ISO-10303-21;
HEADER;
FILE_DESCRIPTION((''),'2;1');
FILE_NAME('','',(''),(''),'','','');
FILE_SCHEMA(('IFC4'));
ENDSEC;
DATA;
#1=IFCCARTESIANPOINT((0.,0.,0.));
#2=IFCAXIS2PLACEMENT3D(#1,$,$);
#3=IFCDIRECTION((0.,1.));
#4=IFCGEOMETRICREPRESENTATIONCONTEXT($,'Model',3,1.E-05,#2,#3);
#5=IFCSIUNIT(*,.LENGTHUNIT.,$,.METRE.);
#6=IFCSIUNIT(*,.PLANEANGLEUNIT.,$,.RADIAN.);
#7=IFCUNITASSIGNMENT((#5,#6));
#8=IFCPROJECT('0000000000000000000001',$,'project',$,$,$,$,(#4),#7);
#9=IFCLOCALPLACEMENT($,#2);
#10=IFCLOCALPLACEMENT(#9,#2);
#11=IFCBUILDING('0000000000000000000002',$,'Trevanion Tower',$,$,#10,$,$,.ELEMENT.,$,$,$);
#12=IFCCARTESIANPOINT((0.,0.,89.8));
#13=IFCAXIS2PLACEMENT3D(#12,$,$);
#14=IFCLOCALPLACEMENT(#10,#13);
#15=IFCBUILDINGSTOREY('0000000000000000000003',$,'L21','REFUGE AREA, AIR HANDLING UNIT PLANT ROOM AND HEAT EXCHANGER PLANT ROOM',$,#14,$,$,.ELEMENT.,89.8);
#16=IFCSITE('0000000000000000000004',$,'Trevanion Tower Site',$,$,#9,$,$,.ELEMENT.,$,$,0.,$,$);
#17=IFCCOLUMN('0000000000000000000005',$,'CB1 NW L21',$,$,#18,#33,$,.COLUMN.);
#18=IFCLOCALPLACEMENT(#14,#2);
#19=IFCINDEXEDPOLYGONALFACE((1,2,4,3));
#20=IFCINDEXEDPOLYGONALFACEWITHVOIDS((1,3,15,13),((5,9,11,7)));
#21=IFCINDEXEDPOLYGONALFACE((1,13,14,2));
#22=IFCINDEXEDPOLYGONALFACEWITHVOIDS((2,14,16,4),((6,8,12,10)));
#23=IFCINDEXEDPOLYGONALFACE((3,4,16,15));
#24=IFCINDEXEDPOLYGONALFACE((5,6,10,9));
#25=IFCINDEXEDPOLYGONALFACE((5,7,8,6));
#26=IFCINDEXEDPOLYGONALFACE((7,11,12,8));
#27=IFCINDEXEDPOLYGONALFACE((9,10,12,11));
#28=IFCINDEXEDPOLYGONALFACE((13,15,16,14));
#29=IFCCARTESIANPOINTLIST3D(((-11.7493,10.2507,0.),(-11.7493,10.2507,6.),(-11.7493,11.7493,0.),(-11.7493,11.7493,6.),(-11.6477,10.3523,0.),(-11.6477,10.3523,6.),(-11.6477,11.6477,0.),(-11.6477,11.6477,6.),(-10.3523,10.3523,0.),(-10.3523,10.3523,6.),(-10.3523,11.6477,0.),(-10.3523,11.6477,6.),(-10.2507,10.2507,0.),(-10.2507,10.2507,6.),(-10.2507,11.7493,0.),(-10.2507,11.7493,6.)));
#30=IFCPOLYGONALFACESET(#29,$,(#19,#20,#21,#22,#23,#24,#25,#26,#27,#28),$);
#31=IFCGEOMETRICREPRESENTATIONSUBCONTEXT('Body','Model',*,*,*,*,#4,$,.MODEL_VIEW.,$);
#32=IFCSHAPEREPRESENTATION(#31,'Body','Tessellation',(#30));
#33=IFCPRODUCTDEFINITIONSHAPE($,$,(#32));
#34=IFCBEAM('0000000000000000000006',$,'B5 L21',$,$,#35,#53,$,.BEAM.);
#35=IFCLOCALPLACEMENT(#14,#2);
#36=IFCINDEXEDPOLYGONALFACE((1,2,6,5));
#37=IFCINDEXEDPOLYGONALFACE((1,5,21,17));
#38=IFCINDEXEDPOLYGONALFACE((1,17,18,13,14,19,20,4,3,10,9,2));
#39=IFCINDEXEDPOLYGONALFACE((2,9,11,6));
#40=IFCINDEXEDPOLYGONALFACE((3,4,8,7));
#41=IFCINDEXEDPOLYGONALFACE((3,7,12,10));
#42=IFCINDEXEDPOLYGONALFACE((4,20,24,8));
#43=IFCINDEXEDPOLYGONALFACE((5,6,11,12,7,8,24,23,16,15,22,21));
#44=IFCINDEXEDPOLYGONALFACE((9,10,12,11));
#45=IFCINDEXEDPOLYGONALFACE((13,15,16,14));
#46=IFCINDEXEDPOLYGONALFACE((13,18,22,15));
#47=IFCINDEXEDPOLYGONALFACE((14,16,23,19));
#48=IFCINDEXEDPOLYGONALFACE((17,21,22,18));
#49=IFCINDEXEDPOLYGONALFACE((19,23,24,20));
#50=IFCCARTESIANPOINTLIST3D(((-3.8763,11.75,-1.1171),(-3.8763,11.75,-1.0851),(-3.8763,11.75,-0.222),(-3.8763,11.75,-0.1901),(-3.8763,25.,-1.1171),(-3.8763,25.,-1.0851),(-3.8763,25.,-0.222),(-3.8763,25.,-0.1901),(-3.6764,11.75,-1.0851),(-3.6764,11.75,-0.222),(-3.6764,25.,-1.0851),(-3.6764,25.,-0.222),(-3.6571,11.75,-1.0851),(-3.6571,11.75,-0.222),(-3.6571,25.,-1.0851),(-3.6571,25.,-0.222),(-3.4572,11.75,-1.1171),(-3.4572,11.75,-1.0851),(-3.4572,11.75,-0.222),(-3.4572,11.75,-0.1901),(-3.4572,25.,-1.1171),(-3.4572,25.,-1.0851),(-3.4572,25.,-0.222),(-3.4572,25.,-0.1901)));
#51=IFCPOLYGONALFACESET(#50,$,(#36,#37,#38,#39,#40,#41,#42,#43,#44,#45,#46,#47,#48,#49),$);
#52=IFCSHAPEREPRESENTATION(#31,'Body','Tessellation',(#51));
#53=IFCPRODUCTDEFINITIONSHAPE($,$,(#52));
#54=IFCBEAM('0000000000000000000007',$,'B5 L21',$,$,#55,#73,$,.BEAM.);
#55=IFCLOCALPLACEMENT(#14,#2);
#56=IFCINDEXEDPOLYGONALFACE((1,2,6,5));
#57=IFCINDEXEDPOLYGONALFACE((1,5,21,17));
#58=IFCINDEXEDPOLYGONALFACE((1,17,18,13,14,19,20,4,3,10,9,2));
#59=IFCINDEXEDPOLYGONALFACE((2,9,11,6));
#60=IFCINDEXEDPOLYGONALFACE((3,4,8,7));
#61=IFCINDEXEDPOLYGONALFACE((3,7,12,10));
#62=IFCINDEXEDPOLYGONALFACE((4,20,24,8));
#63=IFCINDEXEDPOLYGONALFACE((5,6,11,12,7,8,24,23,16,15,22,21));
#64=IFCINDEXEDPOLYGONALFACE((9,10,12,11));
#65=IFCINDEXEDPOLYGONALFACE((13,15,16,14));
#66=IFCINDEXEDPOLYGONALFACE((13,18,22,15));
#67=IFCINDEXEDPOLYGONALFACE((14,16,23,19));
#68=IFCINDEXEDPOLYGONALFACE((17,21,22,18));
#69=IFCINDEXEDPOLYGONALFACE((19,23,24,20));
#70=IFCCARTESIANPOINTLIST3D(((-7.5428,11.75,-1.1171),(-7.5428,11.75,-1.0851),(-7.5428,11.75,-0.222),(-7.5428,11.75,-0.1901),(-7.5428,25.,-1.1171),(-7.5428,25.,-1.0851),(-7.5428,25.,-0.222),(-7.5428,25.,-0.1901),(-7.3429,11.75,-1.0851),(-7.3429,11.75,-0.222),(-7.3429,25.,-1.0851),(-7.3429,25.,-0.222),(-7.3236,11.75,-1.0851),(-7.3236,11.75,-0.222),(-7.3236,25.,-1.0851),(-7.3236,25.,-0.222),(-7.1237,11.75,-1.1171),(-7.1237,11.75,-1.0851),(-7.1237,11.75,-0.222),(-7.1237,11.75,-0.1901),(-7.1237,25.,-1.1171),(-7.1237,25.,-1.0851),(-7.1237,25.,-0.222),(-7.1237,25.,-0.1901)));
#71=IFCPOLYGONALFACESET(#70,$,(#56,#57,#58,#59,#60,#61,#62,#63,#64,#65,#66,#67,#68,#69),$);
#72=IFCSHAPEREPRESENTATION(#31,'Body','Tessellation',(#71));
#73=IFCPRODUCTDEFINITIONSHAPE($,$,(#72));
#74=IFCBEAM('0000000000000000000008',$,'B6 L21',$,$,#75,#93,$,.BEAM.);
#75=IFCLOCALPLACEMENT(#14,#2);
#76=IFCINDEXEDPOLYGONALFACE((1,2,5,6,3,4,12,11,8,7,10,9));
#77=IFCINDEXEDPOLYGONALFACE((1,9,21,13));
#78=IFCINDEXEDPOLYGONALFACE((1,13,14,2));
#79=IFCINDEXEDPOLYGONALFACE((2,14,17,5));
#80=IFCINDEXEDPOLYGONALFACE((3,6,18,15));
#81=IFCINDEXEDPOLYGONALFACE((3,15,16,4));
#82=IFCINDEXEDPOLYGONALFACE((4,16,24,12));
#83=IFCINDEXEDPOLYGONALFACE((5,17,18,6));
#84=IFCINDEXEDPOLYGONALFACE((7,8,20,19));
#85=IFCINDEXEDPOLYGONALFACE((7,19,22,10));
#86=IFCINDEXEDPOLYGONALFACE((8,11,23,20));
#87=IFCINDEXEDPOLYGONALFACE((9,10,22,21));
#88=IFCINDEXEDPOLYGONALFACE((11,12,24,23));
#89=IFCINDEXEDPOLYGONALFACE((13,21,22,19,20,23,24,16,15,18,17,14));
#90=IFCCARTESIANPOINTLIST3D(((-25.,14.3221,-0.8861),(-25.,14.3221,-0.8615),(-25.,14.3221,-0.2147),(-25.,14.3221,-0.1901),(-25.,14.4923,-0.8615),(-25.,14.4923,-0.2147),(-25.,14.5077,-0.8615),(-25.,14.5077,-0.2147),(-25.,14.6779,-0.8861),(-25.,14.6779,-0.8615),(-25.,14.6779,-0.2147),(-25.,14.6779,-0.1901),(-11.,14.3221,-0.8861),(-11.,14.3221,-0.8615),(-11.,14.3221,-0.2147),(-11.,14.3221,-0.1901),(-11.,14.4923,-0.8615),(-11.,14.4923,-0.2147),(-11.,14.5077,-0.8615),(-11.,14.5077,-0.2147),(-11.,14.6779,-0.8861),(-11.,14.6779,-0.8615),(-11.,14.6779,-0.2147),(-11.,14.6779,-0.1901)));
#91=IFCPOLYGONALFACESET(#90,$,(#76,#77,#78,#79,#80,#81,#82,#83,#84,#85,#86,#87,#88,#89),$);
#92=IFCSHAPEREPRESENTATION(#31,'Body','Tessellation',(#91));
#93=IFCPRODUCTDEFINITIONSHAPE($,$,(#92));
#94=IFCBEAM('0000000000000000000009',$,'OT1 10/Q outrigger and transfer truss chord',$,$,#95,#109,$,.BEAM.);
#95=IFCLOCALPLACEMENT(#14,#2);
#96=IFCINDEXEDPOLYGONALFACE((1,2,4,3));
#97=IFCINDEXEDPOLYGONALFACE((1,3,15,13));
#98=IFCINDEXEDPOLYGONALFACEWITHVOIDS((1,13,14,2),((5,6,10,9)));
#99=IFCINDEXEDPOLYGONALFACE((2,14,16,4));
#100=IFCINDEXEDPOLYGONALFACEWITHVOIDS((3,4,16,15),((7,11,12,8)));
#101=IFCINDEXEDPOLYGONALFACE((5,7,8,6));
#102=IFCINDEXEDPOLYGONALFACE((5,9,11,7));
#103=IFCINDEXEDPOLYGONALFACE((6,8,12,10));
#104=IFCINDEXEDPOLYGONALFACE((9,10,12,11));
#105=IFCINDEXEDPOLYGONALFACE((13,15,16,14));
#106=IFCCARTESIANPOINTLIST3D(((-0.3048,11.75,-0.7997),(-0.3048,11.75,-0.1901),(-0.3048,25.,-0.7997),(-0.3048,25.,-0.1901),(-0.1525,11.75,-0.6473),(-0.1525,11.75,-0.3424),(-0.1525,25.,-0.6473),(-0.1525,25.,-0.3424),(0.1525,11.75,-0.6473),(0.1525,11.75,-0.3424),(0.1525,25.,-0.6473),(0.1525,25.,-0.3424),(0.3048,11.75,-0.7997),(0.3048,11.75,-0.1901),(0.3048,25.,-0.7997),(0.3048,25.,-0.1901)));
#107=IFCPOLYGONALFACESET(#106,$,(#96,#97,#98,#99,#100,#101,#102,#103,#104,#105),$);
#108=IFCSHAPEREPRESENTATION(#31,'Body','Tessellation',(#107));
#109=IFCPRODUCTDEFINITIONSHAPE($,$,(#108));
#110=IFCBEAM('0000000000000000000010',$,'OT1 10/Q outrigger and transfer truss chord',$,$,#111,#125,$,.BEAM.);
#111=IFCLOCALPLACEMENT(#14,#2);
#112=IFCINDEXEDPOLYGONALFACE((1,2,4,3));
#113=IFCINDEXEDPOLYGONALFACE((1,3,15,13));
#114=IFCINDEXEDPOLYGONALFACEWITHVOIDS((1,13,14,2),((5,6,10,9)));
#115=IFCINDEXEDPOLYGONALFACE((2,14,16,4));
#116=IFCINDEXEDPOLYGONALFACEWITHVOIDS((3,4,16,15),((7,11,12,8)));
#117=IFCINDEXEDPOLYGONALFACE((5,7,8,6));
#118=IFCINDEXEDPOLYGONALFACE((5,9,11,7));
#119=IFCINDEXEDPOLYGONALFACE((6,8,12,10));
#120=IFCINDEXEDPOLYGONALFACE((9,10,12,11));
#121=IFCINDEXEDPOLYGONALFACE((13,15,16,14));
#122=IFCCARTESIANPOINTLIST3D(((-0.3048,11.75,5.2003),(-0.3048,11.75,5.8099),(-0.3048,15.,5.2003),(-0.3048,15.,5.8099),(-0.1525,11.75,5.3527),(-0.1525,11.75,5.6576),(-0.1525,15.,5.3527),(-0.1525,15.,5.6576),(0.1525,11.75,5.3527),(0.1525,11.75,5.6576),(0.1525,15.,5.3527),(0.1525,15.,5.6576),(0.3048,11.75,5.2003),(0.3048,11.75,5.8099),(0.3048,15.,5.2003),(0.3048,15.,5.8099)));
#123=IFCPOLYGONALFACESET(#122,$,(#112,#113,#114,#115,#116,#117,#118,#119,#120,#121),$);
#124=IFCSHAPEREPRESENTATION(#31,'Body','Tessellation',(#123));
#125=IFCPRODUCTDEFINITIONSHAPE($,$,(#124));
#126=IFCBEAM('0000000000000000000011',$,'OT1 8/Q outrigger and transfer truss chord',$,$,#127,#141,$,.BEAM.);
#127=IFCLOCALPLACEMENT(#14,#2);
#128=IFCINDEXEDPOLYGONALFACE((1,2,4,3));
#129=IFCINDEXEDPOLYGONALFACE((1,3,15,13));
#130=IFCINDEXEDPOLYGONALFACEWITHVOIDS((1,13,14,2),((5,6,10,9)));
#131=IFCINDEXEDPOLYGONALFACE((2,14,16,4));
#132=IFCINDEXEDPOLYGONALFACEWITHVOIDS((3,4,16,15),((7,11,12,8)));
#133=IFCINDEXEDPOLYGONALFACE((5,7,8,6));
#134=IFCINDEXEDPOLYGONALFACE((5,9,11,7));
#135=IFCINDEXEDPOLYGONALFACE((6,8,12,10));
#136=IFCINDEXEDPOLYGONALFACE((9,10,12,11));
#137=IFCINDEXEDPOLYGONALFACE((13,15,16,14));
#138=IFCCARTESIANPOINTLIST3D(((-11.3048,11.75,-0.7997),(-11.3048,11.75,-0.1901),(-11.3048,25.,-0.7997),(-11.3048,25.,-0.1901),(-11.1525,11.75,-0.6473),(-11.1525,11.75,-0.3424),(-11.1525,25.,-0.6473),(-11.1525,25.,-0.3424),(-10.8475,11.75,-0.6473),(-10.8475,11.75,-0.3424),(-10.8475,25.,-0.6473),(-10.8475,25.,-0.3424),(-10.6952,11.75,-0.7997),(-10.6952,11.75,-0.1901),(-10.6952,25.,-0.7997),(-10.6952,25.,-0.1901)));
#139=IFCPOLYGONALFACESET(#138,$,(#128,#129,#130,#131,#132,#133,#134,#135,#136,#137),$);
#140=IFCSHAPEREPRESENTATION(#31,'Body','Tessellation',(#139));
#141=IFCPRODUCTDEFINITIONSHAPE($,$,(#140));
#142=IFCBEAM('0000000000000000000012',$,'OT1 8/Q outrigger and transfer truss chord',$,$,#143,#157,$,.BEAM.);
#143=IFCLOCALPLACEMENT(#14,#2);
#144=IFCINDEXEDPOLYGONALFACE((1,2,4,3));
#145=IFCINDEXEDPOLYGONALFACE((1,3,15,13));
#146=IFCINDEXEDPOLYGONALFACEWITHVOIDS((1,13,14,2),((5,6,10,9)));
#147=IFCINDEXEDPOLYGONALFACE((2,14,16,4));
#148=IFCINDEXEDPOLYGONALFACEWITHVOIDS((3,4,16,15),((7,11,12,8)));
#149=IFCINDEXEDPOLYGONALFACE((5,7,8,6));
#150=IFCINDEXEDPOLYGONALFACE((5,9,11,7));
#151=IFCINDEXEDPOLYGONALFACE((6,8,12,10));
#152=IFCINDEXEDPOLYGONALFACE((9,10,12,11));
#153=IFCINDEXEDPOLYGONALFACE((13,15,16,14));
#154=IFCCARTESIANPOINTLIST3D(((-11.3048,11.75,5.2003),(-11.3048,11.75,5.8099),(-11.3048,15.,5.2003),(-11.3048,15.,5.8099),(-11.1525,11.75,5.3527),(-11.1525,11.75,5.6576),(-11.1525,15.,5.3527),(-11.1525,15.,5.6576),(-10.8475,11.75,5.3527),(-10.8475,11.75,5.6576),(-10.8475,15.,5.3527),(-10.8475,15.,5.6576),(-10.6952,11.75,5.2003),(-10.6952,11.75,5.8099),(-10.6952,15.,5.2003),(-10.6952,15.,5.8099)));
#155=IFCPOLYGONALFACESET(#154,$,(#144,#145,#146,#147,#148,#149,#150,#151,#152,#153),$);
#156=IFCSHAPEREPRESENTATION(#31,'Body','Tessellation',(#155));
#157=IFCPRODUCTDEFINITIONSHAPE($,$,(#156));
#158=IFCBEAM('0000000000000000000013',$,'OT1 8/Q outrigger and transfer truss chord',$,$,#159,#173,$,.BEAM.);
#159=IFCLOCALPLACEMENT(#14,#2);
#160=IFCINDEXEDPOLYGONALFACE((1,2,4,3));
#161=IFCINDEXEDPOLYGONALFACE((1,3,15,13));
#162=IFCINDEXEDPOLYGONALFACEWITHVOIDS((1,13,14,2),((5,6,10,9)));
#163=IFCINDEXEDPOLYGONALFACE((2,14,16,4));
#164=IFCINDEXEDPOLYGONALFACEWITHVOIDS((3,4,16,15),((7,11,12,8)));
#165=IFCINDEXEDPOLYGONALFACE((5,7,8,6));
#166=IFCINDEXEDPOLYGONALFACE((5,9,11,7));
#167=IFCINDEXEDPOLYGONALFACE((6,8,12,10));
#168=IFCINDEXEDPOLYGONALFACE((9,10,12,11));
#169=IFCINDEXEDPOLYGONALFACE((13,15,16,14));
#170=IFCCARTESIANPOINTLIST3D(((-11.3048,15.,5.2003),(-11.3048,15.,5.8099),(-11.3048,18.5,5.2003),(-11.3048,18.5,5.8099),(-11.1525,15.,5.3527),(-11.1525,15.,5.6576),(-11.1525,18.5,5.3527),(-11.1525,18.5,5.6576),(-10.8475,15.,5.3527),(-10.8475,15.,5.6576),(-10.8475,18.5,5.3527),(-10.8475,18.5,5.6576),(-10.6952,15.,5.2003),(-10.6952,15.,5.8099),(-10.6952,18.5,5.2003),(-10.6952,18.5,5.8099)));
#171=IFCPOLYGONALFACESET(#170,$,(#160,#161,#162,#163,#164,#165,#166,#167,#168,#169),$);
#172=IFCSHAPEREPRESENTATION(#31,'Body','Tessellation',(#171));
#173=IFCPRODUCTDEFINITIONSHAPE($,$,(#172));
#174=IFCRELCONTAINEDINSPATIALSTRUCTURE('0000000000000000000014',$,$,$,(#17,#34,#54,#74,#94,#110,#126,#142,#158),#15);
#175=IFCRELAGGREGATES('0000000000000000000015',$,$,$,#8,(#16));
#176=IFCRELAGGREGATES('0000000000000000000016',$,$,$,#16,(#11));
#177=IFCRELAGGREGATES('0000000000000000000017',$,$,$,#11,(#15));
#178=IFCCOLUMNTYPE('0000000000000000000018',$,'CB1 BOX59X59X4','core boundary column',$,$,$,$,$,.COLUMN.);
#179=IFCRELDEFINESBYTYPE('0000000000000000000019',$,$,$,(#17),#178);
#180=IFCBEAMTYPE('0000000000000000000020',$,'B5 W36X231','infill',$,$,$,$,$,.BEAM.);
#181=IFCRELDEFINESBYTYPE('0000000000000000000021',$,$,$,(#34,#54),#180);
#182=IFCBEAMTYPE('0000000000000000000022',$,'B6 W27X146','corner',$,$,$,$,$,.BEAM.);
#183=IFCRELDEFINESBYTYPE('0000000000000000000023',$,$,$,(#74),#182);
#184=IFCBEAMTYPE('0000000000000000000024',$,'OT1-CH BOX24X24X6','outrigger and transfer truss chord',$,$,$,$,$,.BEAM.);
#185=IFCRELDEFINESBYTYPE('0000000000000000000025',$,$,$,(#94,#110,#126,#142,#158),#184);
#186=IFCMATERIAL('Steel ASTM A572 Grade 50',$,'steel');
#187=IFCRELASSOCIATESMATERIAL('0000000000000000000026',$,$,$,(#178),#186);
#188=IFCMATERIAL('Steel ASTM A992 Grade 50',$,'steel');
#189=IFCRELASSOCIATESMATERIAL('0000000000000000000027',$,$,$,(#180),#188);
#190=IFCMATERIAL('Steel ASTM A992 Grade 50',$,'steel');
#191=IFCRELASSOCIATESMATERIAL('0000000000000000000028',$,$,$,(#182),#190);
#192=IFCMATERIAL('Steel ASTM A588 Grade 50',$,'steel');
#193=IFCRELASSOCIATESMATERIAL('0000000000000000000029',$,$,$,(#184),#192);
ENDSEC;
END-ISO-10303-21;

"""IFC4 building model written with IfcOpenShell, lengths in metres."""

from ifc_helpers import new_model, si_unit, direction, frame, origin, origin_2d, place, context, subcontext, project, spatial, hollow_rectangle, i_section, extrude, material, material_profile, profile_set, type_object, element, save


model = new_model("IFC4")

# Units and contexts
model_context = context("Model", 3, precision=1e-05, world=origin(), true_north=direction((0.0, 1.0)))
body_context = subcontext(model_context, "Body", "Model", "MODEL_VIEW")
ifc_project = project(units=[si_unit("LENGTHUNIT", "METRE"), si_unit("PLANEANGLEUNIT", "RADIAN")], contexts=[model_context])

# Site, building, storey
site_placement = place(None, origin())
site = spatial("IfcSite", under=ifc_project, at=site_placement, Name="Trevanion Tower Site", CompositionType="ELEMENT", RefElevation=0.0)
building_placement = place(site_placement, origin())
building = spatial("IfcBuilding", under=site, at=building_placement, Name="Trevanion Tower", CompositionType="ELEMENT")
storey_placement = place(building_placement, frame((0.0, 0.0, 89.8)))
storey = spatial("IfcBuildingStorey", under=building, at=storey_placement, Name="L21", Description="REFUGE AREA, AIR HANDLING UNIT PLANT ROOM AND HEAT EXCHANGER PLANT ROOM", CompositionType="ELEMENT", Elevation=89.8)

# Column
ifc_material_1 = material(Name="Steel ASTM A572 Grade 50", Category="steel")
ifc_material_profile_1 = material_profile(ifc_material_1, hollow_rectangle(XDim=1.4985, YDim=1.4985, WallThickness=0.1016, at=origin_2d()), Name="BOX59X59X4")
ifc_profile_set_1 = profile_set([ifc_material_profile_1], Name="Steel ASTM A572 Grade 50")
column_type = type_object("IfcColumnType", Name="CB1 BOX59X59X4", Description="core boundary column", PredefinedType="COLUMN", material=ifc_profile_set_1)
column_placement = place(storey_placement, frame((-11.0, 11.0, 0.0), z_axis=(0.0, 0.0, 1.0), x_axis=(1.0, 0.0, 0.0)))
element("IfcColumn", 1, at=column_placement, inside=storey, type_object=column_type, Name="CB1 NW L21", PredefinedType="COLUMN", context=body_context, shape_type="SweptSolid", body=[
    extrude(hollow_rectangle(XDim=1.4985, YDim=1.4985, WallThickness=0.1016, at=origin_2d()), origin(), (0.0, 0.0, 1.0), 6.0),
])

# Beams
ifc_material_2 = material(Name="Steel ASTM A992 Grade 50", Category="steel")
ifc_material_profile_2 = material_profile(ifc_material_2, i_section(OverallWidth=0.4192, OverallDepth=0.927, WebThickness=0.0193, FlangeThickness=0.032, at=origin_2d()), Name="W36X231")
ifc_profile_set_2 = profile_set([ifc_material_profile_2], Name="Steel ASTM A992 Grade 50")
beam_type_1 = type_object("IfcBeamType", Name="B5 W36X231", Description="infill", PredefinedType="BEAM", material=ifc_profile_set_2)
for number, where, z_axis, x_axis, name in (
    (2, (-3.6667, 11.75, -0.6536), (0.0, 1.0, 0.0), (-1.0, 0.0, 0.0), "B5 L21"),
    (3, (-7.3333, 11.75, -0.6536), (0.0, 1.0, 0.0), (-1.0, 0.0, 0.0), "B5 L21"),
):
    element("IfcBeam", number, at=place(storey_placement, frame(where, z_axis=z_axis, x_axis=x_axis)), inside=storey, type_object=beam_type_1, Name=name, PredefinedType="BEAM", context=body_context, shape_type="SweptSolid", body=[
        extrude(i_section(OverallWidth=0.4192, OverallDepth=0.927, WebThickness=0.0193, FlangeThickness=0.032, at=origin_2d()), origin(), (0.0, 0.0, 1.0), 13.25),
    ])
ifc_material_3 = material(Name="Steel ASTM A992 Grade 50", Category="steel")
ifc_material_profile_3 = material_profile(ifc_material_3, i_section(OverallWidth=0.3557, OverallDepth=0.696, WebThickness=0.0154, FlangeThickness=0.0247, at=origin_2d()), Name="W27X146")
ifc_profile_set_3 = profile_set([ifc_material_profile_3], Name="Steel ASTM A992 Grade 50")
beam_type_2 = type_object("IfcBeamType", Name="B6 W27X146", Description="corner", PredefinedType="BEAM", material=ifc_profile_set_3)
beam_1_placement = place(storey_placement, frame((-11.0, 14.5, -0.5381), z_axis=(-1.0, 0.0, 0.0), x_axis=(0.0, -1.0, 0.0)))
element("IfcBeam", 4, at=beam_1_placement, inside=storey, type_object=beam_type_2, Name="B6 L21", PredefinedType="BEAM", context=body_context, shape_type="SweptSolid", body=[
    extrude(i_section(OverallWidth=0.3557, OverallDepth=0.696, WebThickness=0.0154, FlangeThickness=0.0247, at=origin_2d()), origin(), (0.0, 0.0, 1.0), 14.0),
])
ifc_material_4 = material(Name="Steel ASTM A588 Grade 50", Category="steel")
ifc_material_profile_4 = material_profile(ifc_material_4, hollow_rectangle(XDim=0.6096, YDim=0.6096, WallThickness=0.1523, at=origin_2d()), Name="BOX24X24X6")
ifc_profile_set_4 = profile_set([ifc_material_profile_4], Name="Steel ASTM A588 Grade 50")
beam_type_3 = type_object("IfcBeamType", Name="OT1-CH BOX24X24X6", Description="outrigger and transfer truss chord", PredefinedType="BEAM", material=ifc_profile_set_4)
beam_2_placement = place(storey_placement, frame((0.0, 11.75, -0.4949), z_axis=(0.0, 1.0, 0.0), x_axis=(-1.0, 0.0, 0.0)))
element("IfcBeam", 5, at=beam_2_placement, inside=storey, type_object=beam_type_3, Name="OT1 10/Q outrigger and transfer truss chord", PredefinedType="BEAM", context=body_context, shape_type="SweptSolid", body=[
    extrude(hollow_rectangle(XDim=0.6096, YDim=0.6096, WallThickness=0.1523, at=origin_2d()), origin(), (0.0, 0.0, 1.0), 13.25),
])
beam_3_placement = place(storey_placement, frame((0.0, 11.75, 5.5051), z_axis=(0.0, 1.0, 0.0), x_axis=(-1.0, 0.0, 0.0)))
element("IfcBeam", 6, at=beam_3_placement, inside=storey, type_object=beam_type_3, Name="OT1 10/Q outrigger and transfer truss chord", PredefinedType="BEAM", context=body_context, shape_type="SweptSolid", body=[
    extrude(hollow_rectangle(XDim=0.6096, YDim=0.6096, WallThickness=0.1523, at=origin_2d()), origin(), (0.0, 0.0, 1.0), 3.25),
])
beam_4_placement = place(storey_placement, frame((-11.0, 11.75, -0.4949), z_axis=(0.0, 1.0, 0.0), x_axis=(-1.0, 0.0, 0.0)))
element("IfcBeam", 7, at=beam_4_placement, inside=storey, type_object=beam_type_3, Name="OT1 8/Q outrigger and transfer truss chord", PredefinedType="BEAM", context=body_context, shape_type="SweptSolid", body=[
    extrude(hollow_rectangle(XDim=0.6096, YDim=0.6096, WallThickness=0.1523, at=origin_2d()), origin(), (0.0, 0.0, 1.0), 13.25),
])
beam_5_placement = place(storey_placement, frame((-11.0, 11.75, 5.5051), z_axis=(0.0, 1.0, 0.0), x_axis=(-1.0, 0.0, 0.0)))
element("IfcBeam", 8, at=beam_5_placement, inside=storey, type_object=beam_type_3, Name="OT1 8/Q outrigger and transfer truss chord", PredefinedType="BEAM", context=body_context, shape_type="SweptSolid", body=[
    extrude(hollow_rectangle(XDim=0.6096, YDim=0.6096, WallThickness=0.1523, at=origin_2d()), origin(), (0.0, 0.0, 1.0), 3.25),
])
beam_6_placement = place(storey_placement, frame((-11.0, 15.0, 5.5051), z_axis=(0.0, 1.0, 0.0), x_axis=(-1.0, 0.0, 0.0)))
element("IfcBeam", 9, at=beam_6_placement, inside=storey, type_object=beam_type_3, Name="OT1 8/Q outrigger and transfer truss chord", PredefinedType="BEAM", context=body_context, shape_type="SweptSolid", body=[
    extrude(hollow_rectangle(XDim=0.6096, YDim=0.6096, WallThickness=0.1523, at=origin_2d()), origin(), (0.0, 0.0, 1.0), 3.5),
])

save(model, "model.ifc")
